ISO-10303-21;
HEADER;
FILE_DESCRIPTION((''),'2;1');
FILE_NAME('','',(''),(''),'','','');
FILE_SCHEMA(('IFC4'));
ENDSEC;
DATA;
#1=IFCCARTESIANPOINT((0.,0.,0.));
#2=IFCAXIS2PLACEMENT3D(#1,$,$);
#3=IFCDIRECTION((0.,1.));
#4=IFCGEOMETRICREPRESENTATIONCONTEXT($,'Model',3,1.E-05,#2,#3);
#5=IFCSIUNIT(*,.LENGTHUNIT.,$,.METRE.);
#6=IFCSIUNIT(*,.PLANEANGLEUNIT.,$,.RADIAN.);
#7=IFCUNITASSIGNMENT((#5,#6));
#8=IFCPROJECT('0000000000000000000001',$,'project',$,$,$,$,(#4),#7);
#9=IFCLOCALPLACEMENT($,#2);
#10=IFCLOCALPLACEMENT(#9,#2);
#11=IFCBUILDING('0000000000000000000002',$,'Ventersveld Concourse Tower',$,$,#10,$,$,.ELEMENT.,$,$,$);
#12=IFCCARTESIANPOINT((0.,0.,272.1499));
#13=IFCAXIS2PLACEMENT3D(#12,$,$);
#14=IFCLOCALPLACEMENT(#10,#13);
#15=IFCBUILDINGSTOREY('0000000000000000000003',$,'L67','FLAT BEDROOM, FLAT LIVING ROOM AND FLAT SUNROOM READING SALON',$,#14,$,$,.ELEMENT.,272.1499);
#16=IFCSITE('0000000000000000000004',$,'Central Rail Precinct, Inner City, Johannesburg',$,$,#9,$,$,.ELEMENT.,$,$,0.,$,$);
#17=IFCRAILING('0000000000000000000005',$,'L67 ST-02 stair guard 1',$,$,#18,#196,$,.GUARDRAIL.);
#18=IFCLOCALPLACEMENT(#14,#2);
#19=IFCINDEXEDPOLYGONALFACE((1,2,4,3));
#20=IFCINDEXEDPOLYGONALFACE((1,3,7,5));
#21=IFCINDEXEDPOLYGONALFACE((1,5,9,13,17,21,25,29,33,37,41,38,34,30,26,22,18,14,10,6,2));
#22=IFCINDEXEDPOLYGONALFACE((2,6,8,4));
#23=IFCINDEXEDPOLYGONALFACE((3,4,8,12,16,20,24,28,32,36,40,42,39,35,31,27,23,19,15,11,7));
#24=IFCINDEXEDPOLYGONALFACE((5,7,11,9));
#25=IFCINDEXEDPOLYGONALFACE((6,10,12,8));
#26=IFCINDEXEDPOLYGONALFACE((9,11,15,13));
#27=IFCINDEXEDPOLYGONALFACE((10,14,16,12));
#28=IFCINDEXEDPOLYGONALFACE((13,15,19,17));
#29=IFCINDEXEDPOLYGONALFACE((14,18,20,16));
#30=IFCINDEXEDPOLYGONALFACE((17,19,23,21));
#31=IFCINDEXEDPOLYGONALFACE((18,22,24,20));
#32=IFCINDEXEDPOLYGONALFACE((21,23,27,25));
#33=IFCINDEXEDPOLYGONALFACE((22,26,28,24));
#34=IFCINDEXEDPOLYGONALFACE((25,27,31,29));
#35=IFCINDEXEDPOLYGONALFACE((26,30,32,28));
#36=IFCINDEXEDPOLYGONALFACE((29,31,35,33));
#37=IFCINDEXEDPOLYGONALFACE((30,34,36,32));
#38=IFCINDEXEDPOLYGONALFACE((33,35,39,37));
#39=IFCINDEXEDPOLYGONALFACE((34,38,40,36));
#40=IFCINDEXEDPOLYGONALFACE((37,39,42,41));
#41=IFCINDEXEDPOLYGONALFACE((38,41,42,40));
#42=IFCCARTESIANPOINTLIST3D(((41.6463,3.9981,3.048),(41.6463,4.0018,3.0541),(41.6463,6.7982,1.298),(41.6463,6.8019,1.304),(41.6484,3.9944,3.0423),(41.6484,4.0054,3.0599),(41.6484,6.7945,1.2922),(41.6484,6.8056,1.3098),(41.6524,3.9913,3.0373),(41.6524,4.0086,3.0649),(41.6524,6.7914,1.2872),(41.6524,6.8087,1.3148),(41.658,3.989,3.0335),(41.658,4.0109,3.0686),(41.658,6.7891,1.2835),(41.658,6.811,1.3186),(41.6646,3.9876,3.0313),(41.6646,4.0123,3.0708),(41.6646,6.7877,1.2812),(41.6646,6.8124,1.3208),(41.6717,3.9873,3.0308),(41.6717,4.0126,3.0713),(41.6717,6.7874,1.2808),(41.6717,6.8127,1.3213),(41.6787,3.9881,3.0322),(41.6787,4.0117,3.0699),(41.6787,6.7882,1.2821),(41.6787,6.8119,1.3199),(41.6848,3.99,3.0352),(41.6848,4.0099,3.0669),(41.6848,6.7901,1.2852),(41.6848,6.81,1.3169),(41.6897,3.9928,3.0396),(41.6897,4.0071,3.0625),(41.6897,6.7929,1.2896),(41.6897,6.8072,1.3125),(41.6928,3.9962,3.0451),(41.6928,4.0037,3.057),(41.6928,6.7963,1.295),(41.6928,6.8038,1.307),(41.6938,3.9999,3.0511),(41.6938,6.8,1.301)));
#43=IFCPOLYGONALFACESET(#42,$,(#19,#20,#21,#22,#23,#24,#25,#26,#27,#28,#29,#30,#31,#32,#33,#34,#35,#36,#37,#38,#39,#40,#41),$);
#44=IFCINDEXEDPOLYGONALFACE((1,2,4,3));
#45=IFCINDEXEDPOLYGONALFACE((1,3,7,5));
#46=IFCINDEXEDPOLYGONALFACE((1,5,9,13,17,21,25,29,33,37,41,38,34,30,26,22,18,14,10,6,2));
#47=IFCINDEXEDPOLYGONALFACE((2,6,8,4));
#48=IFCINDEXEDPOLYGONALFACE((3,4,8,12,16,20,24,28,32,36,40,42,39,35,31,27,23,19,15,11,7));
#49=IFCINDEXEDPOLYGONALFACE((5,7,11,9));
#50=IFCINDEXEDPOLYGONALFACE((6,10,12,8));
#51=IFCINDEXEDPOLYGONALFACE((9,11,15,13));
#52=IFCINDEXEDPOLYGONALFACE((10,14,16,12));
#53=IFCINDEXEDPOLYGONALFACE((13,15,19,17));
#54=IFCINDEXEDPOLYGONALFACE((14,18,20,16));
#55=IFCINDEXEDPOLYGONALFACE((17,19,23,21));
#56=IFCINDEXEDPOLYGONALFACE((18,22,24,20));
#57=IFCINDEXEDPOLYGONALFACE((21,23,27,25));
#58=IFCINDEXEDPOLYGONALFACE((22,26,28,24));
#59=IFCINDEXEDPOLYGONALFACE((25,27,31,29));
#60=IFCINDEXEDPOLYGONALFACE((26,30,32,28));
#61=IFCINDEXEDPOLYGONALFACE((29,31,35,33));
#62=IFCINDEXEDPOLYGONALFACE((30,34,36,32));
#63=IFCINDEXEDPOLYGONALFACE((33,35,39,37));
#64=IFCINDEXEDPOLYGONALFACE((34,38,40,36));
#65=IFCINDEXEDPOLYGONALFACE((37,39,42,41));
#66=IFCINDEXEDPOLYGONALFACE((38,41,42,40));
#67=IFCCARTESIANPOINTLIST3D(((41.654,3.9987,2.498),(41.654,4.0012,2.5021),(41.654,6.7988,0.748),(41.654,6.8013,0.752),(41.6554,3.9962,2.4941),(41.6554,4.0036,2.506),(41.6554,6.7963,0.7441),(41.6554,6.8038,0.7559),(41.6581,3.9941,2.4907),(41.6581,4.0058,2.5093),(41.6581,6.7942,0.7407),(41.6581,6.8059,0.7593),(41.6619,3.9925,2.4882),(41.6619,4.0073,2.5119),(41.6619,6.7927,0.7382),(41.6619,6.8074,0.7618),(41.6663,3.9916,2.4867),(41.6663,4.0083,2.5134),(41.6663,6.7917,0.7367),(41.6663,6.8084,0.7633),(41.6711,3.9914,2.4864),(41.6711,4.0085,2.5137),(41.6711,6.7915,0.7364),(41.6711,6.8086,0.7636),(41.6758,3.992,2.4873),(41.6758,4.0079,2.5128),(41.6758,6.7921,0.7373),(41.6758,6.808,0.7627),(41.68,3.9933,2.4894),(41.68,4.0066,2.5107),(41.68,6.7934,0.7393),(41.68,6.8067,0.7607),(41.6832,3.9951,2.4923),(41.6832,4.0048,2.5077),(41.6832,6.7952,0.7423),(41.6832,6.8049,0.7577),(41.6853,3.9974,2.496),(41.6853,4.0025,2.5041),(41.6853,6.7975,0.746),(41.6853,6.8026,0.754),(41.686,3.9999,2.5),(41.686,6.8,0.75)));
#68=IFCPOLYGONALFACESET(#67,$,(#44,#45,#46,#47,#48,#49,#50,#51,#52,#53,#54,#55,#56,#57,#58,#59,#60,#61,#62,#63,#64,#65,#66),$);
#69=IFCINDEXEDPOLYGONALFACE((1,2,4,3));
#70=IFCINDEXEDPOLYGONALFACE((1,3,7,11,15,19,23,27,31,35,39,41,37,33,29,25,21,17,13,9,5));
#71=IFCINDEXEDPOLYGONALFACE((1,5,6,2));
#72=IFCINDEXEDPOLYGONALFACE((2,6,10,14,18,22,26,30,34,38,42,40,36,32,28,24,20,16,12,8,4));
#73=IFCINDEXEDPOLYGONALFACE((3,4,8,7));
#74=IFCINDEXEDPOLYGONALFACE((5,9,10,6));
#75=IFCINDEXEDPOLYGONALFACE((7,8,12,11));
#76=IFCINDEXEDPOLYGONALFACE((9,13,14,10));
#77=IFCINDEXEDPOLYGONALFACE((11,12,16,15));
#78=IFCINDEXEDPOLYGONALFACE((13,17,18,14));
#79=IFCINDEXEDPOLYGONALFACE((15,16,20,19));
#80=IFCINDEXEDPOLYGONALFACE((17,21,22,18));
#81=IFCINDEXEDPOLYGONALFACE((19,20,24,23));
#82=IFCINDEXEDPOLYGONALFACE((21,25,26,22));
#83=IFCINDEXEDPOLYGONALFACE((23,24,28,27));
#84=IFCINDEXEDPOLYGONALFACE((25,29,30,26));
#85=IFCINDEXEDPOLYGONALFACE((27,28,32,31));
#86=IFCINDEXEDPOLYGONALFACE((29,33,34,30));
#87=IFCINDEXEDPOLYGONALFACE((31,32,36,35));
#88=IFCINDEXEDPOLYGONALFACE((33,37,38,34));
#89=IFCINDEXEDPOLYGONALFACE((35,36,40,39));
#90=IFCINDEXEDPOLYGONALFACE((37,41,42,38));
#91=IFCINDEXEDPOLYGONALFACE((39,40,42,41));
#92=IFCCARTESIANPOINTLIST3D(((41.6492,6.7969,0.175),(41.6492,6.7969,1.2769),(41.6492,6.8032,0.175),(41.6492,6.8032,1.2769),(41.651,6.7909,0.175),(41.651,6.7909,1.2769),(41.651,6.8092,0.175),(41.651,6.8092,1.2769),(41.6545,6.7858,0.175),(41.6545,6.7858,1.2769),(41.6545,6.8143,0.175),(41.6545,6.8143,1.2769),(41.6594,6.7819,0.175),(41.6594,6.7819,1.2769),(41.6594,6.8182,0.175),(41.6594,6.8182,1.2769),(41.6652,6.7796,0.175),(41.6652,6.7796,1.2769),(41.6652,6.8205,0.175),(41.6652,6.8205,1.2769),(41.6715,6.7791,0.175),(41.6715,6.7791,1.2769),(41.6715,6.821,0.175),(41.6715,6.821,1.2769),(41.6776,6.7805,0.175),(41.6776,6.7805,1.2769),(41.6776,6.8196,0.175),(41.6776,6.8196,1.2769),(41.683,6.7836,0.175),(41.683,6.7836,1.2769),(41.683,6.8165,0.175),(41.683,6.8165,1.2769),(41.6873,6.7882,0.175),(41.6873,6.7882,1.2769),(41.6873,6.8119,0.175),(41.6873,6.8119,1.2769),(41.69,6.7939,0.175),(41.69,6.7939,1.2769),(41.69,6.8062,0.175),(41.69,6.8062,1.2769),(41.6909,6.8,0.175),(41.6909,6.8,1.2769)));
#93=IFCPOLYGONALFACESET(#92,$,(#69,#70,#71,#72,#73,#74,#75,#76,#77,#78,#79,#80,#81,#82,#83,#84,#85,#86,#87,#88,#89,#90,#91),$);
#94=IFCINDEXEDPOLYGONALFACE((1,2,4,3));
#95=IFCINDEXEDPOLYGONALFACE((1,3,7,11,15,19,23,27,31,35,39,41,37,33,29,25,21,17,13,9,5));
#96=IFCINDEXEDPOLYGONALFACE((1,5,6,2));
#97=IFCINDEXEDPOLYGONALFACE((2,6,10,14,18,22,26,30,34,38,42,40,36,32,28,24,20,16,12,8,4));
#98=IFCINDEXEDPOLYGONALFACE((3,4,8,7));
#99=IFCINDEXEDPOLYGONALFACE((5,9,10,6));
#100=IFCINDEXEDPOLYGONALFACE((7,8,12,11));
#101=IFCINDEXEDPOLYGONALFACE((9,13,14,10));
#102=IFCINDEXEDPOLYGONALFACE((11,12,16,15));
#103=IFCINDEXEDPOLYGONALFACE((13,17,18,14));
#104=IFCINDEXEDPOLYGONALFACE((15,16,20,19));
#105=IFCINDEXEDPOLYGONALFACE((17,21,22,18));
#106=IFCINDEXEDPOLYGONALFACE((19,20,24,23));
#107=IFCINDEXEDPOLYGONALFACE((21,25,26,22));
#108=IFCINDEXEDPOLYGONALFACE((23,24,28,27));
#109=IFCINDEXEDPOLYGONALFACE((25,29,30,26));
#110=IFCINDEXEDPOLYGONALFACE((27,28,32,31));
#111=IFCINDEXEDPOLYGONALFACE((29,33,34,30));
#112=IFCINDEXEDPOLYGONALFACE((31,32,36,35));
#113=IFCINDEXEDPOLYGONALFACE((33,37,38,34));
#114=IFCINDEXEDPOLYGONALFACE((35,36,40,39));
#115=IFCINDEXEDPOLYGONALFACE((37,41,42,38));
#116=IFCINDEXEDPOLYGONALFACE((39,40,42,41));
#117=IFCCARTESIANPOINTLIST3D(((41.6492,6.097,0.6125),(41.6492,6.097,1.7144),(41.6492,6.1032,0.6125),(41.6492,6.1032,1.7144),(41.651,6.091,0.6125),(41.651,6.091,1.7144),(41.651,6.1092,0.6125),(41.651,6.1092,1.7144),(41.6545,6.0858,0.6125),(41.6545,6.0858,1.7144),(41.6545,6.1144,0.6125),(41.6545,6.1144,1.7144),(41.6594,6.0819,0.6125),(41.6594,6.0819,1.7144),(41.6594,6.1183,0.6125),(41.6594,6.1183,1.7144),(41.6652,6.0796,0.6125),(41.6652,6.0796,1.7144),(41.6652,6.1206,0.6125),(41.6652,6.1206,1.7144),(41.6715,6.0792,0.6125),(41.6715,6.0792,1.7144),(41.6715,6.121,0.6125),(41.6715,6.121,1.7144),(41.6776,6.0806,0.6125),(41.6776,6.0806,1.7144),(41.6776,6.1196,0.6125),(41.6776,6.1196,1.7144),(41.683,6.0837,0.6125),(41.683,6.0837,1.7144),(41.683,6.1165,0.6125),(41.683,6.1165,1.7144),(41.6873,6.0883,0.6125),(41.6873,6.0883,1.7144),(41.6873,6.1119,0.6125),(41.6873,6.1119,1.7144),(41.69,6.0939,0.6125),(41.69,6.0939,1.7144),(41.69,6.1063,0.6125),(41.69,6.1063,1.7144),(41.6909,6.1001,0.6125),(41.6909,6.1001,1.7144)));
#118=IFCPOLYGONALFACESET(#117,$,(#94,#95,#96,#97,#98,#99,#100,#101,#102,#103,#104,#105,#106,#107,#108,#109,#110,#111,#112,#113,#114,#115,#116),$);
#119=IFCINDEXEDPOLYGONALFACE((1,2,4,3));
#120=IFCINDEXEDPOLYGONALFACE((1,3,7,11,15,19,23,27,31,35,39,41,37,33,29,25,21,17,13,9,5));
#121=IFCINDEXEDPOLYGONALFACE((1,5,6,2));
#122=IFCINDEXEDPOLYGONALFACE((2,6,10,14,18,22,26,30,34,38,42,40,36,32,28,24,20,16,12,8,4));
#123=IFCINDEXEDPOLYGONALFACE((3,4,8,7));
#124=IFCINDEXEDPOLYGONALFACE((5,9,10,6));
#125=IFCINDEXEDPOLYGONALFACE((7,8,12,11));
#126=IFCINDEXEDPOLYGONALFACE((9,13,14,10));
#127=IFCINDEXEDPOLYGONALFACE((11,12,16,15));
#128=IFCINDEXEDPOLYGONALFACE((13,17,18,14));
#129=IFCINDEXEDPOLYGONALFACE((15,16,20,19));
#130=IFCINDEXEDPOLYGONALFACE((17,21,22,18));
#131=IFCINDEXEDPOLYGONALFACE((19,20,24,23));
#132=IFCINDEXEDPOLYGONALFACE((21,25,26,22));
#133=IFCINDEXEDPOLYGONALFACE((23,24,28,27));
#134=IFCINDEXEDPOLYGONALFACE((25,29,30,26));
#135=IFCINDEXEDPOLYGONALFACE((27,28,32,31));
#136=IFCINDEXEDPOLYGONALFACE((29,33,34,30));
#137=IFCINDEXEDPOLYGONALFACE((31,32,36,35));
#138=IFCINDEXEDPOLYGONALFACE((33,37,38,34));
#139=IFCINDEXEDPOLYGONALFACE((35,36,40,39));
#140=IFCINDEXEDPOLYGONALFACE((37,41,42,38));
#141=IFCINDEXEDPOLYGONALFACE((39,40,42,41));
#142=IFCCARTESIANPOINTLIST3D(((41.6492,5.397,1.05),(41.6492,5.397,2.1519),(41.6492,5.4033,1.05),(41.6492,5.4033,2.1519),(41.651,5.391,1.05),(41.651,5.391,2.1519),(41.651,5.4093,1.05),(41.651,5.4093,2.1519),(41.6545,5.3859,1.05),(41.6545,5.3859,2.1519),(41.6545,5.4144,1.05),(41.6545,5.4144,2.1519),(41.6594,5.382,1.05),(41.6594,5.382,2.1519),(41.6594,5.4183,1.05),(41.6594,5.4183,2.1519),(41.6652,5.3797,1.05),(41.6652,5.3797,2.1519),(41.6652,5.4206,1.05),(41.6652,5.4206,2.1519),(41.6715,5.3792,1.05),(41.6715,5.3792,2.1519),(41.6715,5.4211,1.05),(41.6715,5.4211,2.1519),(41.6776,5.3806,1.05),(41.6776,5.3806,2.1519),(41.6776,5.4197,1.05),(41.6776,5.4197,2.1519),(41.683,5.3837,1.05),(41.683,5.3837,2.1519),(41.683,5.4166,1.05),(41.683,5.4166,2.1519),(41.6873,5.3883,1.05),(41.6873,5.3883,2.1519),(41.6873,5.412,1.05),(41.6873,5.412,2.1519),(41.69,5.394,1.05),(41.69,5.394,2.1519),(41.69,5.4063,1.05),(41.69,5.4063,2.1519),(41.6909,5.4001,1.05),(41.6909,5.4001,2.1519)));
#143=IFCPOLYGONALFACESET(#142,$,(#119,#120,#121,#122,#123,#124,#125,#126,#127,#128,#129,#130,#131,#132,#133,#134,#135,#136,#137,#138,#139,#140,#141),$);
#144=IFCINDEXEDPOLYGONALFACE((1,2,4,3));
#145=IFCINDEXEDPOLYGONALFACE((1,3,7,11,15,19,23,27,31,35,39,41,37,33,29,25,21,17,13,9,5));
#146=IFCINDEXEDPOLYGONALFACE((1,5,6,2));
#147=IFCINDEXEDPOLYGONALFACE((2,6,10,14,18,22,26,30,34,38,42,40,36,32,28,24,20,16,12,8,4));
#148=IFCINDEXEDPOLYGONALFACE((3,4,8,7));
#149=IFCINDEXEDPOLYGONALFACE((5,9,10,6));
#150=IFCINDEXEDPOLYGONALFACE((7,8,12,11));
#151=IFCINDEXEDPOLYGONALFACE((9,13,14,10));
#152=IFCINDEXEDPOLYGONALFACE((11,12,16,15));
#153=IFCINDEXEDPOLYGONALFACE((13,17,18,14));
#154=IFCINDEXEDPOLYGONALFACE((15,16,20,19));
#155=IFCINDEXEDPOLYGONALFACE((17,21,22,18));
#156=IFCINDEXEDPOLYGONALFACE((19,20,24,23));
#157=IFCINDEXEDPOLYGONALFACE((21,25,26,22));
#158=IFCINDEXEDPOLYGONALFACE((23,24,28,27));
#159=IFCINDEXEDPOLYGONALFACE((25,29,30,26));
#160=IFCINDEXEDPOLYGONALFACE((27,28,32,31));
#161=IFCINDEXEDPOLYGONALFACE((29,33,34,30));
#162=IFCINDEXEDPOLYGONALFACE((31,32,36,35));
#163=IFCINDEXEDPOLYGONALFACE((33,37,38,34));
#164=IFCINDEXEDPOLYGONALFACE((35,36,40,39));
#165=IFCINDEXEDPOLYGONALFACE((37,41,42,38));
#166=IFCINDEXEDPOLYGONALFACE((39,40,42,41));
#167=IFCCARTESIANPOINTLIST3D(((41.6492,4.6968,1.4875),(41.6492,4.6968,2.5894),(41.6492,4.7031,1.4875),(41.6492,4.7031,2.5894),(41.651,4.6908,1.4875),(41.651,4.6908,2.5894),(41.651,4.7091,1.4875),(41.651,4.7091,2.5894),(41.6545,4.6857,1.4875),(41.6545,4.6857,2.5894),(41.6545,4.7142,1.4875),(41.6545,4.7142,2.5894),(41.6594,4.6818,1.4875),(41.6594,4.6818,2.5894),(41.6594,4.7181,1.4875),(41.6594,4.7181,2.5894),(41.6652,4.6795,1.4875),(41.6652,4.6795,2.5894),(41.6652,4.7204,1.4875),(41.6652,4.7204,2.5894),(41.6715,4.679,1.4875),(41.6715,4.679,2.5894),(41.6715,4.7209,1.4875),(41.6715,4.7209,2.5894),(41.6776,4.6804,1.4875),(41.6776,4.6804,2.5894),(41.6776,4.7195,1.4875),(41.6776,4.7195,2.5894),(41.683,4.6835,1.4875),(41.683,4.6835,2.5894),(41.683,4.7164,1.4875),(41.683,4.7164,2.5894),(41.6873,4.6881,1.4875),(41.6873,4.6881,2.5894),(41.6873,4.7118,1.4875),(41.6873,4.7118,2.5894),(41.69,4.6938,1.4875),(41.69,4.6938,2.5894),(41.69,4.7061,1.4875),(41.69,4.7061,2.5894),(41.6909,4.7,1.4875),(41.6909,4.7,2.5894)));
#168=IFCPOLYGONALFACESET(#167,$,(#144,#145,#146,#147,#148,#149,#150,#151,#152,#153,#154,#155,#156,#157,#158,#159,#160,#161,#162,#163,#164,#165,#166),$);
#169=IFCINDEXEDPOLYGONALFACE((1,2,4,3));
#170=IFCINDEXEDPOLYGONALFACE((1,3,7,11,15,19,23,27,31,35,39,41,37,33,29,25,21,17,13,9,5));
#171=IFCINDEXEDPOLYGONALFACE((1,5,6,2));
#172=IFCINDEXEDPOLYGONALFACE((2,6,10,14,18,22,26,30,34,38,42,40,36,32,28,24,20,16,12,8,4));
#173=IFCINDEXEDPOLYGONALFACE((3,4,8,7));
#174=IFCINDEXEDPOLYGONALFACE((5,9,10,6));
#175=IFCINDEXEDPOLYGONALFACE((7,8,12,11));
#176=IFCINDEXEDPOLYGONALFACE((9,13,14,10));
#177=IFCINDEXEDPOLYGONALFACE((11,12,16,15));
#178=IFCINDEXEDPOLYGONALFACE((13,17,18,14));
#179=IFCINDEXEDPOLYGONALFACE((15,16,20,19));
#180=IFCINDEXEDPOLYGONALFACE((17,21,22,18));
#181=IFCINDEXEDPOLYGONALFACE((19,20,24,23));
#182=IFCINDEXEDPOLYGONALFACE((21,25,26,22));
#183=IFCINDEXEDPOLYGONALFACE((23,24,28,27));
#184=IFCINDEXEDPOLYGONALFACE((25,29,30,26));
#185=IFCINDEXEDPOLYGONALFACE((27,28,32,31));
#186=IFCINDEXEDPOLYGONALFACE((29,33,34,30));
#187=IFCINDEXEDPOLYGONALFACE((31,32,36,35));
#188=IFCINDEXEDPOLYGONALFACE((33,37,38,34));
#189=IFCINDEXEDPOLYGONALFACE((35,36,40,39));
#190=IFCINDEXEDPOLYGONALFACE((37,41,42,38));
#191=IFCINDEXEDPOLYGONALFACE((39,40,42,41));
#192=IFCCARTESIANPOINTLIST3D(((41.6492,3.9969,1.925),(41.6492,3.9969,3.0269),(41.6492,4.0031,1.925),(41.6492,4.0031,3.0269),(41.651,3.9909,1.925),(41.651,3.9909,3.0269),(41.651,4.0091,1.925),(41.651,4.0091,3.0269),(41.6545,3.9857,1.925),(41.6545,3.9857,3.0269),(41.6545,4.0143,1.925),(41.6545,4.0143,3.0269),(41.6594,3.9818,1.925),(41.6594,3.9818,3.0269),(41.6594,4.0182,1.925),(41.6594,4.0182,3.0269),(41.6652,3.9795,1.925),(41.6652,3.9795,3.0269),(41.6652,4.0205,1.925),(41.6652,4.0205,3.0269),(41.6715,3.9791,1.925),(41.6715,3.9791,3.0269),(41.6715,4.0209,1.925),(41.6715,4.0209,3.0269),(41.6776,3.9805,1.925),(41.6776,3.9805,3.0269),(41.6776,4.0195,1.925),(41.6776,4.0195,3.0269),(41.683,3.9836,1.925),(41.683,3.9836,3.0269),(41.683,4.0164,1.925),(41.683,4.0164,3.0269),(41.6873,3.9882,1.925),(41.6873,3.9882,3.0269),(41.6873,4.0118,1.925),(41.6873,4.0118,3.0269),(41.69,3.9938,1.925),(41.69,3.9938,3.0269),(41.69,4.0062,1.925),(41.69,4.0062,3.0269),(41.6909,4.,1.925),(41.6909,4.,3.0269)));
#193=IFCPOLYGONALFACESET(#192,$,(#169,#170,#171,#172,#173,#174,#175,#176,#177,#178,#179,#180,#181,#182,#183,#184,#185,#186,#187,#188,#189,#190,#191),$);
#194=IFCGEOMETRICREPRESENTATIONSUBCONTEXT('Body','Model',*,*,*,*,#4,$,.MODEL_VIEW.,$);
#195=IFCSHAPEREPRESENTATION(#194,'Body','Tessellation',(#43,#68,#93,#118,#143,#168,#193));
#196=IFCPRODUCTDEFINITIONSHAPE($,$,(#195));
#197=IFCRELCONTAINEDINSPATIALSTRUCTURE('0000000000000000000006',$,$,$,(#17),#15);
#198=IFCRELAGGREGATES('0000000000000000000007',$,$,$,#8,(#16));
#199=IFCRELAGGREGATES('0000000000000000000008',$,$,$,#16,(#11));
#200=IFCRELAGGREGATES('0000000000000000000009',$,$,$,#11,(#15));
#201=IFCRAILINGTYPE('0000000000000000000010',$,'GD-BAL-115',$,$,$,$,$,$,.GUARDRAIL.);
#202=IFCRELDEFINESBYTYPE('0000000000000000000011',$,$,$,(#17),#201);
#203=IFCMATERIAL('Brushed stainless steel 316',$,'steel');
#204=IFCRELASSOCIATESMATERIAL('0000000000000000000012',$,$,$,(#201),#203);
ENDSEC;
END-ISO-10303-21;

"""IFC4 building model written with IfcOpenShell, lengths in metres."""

from ifc_helpers import new_model, si_unit, direction, frame, origin, origin_2d, place, context, subcontext, project, spatial, circle, extrude, material, type_object, element, save


model = new_model("IFC4")

# Units and contexts
model_context = context("Model", 3, precision=1e-05, world=origin(), true_north=direction((0.0, 1.0)))
body_context = subcontext(model_context, "Body", "Model", "MODEL_VIEW")
ifc_project = project(units=[si_unit("LENGTHUNIT", "METRE"), si_unit("PLANEANGLEUNIT", "RADIAN")], contexts=[model_context])

# Site, building, storey
site_placement = place(None, origin())
site = spatial("IfcSite", under=ifc_project, at=site_placement, Name="Central Rail Precinct, Inner City, Johannesburg", CompositionType="ELEMENT", RefElevation=0.0)
building_placement = place(site_placement, origin())
building = spatial("IfcBuilding", under=site, at=building_placement, Name="Ventersveld Concourse Tower", CompositionType="ELEMENT")
storey_placement = place(building_placement, frame((0.0, 0.0, 272.1499)))
storey = spatial("IfcBuildingStorey", under=building, at=storey_placement, Name="L67", Description="FLAT BEDROOM, FLAT LIVING ROOM AND FLAT SUNROOM READING SALON", CompositionType="ELEMENT", Elevation=272.1499)

# Railing
ifc_material_1 = material(Name="Brushed stainless steel 316", Category="steel")
railing_type_1 = type_object("IfcRailingType", Name="GD-BAL-115", PredefinedType="GUARDRAIL", material=ifc_material_1)
railing_1_placement = place(storey_placement, frame((41.6699, 6.8, 0.175)))
element("IfcRailing", 1, at=railing_1_placement, inside=storey, type_object=railing_type_1, Name="L67 ST-02 stair guard 1", PredefinedType="GUARDRAIL", context=body_context, shape_type="SweptSolid", body=[
    extrude(circle(Radius=0.0239, at=origin_2d()), frame((0.0, 0.0, 1.126), z_axis=(0.0, -0.848002, 0.529992), x_axis=(1.0, 0.0, 0.0)), (0.0, 0.0, 1.0), 3.302),
    extrude(circle(Radius=0.0161, at=origin_2d()), frame((0.0, 0.0, 0.575), z_axis=(0.0, -0.848002, 0.529992), x_axis=(1.0, 0.0, 0.0)), (0.0, 0.0, 1.0), 3.302),
    extrude(circle(Radius=0.021, at=origin_2d()), origin(), (0.0, 0.0, 1.0), 1.1018),
    extrude(circle(Radius=0.021, at=origin_2d()), frame((0.0, -0.7, 0.4375)), (0.0, 0.0, 1.0), 1.1018),
    extrude(circle(Radius=0.021, at=origin_2d()), frame((0.0, -1.3999, 0.875)), (0.0, 0.0, 1.0), 1.1018),
    extrude(circle(Radius=0.021, at=origin_2d()), frame((0.0, -2.1001, 1.3125)), (0.0, 0.0, 1.0), 1.1018),
    extrude(circle(Radius=0.021, at=origin_2d()), frame((0.0, -2.8, 1.75)), (0.0, 0.0, 1.0), 1.1018),
])

save(model, "model.ifc")
